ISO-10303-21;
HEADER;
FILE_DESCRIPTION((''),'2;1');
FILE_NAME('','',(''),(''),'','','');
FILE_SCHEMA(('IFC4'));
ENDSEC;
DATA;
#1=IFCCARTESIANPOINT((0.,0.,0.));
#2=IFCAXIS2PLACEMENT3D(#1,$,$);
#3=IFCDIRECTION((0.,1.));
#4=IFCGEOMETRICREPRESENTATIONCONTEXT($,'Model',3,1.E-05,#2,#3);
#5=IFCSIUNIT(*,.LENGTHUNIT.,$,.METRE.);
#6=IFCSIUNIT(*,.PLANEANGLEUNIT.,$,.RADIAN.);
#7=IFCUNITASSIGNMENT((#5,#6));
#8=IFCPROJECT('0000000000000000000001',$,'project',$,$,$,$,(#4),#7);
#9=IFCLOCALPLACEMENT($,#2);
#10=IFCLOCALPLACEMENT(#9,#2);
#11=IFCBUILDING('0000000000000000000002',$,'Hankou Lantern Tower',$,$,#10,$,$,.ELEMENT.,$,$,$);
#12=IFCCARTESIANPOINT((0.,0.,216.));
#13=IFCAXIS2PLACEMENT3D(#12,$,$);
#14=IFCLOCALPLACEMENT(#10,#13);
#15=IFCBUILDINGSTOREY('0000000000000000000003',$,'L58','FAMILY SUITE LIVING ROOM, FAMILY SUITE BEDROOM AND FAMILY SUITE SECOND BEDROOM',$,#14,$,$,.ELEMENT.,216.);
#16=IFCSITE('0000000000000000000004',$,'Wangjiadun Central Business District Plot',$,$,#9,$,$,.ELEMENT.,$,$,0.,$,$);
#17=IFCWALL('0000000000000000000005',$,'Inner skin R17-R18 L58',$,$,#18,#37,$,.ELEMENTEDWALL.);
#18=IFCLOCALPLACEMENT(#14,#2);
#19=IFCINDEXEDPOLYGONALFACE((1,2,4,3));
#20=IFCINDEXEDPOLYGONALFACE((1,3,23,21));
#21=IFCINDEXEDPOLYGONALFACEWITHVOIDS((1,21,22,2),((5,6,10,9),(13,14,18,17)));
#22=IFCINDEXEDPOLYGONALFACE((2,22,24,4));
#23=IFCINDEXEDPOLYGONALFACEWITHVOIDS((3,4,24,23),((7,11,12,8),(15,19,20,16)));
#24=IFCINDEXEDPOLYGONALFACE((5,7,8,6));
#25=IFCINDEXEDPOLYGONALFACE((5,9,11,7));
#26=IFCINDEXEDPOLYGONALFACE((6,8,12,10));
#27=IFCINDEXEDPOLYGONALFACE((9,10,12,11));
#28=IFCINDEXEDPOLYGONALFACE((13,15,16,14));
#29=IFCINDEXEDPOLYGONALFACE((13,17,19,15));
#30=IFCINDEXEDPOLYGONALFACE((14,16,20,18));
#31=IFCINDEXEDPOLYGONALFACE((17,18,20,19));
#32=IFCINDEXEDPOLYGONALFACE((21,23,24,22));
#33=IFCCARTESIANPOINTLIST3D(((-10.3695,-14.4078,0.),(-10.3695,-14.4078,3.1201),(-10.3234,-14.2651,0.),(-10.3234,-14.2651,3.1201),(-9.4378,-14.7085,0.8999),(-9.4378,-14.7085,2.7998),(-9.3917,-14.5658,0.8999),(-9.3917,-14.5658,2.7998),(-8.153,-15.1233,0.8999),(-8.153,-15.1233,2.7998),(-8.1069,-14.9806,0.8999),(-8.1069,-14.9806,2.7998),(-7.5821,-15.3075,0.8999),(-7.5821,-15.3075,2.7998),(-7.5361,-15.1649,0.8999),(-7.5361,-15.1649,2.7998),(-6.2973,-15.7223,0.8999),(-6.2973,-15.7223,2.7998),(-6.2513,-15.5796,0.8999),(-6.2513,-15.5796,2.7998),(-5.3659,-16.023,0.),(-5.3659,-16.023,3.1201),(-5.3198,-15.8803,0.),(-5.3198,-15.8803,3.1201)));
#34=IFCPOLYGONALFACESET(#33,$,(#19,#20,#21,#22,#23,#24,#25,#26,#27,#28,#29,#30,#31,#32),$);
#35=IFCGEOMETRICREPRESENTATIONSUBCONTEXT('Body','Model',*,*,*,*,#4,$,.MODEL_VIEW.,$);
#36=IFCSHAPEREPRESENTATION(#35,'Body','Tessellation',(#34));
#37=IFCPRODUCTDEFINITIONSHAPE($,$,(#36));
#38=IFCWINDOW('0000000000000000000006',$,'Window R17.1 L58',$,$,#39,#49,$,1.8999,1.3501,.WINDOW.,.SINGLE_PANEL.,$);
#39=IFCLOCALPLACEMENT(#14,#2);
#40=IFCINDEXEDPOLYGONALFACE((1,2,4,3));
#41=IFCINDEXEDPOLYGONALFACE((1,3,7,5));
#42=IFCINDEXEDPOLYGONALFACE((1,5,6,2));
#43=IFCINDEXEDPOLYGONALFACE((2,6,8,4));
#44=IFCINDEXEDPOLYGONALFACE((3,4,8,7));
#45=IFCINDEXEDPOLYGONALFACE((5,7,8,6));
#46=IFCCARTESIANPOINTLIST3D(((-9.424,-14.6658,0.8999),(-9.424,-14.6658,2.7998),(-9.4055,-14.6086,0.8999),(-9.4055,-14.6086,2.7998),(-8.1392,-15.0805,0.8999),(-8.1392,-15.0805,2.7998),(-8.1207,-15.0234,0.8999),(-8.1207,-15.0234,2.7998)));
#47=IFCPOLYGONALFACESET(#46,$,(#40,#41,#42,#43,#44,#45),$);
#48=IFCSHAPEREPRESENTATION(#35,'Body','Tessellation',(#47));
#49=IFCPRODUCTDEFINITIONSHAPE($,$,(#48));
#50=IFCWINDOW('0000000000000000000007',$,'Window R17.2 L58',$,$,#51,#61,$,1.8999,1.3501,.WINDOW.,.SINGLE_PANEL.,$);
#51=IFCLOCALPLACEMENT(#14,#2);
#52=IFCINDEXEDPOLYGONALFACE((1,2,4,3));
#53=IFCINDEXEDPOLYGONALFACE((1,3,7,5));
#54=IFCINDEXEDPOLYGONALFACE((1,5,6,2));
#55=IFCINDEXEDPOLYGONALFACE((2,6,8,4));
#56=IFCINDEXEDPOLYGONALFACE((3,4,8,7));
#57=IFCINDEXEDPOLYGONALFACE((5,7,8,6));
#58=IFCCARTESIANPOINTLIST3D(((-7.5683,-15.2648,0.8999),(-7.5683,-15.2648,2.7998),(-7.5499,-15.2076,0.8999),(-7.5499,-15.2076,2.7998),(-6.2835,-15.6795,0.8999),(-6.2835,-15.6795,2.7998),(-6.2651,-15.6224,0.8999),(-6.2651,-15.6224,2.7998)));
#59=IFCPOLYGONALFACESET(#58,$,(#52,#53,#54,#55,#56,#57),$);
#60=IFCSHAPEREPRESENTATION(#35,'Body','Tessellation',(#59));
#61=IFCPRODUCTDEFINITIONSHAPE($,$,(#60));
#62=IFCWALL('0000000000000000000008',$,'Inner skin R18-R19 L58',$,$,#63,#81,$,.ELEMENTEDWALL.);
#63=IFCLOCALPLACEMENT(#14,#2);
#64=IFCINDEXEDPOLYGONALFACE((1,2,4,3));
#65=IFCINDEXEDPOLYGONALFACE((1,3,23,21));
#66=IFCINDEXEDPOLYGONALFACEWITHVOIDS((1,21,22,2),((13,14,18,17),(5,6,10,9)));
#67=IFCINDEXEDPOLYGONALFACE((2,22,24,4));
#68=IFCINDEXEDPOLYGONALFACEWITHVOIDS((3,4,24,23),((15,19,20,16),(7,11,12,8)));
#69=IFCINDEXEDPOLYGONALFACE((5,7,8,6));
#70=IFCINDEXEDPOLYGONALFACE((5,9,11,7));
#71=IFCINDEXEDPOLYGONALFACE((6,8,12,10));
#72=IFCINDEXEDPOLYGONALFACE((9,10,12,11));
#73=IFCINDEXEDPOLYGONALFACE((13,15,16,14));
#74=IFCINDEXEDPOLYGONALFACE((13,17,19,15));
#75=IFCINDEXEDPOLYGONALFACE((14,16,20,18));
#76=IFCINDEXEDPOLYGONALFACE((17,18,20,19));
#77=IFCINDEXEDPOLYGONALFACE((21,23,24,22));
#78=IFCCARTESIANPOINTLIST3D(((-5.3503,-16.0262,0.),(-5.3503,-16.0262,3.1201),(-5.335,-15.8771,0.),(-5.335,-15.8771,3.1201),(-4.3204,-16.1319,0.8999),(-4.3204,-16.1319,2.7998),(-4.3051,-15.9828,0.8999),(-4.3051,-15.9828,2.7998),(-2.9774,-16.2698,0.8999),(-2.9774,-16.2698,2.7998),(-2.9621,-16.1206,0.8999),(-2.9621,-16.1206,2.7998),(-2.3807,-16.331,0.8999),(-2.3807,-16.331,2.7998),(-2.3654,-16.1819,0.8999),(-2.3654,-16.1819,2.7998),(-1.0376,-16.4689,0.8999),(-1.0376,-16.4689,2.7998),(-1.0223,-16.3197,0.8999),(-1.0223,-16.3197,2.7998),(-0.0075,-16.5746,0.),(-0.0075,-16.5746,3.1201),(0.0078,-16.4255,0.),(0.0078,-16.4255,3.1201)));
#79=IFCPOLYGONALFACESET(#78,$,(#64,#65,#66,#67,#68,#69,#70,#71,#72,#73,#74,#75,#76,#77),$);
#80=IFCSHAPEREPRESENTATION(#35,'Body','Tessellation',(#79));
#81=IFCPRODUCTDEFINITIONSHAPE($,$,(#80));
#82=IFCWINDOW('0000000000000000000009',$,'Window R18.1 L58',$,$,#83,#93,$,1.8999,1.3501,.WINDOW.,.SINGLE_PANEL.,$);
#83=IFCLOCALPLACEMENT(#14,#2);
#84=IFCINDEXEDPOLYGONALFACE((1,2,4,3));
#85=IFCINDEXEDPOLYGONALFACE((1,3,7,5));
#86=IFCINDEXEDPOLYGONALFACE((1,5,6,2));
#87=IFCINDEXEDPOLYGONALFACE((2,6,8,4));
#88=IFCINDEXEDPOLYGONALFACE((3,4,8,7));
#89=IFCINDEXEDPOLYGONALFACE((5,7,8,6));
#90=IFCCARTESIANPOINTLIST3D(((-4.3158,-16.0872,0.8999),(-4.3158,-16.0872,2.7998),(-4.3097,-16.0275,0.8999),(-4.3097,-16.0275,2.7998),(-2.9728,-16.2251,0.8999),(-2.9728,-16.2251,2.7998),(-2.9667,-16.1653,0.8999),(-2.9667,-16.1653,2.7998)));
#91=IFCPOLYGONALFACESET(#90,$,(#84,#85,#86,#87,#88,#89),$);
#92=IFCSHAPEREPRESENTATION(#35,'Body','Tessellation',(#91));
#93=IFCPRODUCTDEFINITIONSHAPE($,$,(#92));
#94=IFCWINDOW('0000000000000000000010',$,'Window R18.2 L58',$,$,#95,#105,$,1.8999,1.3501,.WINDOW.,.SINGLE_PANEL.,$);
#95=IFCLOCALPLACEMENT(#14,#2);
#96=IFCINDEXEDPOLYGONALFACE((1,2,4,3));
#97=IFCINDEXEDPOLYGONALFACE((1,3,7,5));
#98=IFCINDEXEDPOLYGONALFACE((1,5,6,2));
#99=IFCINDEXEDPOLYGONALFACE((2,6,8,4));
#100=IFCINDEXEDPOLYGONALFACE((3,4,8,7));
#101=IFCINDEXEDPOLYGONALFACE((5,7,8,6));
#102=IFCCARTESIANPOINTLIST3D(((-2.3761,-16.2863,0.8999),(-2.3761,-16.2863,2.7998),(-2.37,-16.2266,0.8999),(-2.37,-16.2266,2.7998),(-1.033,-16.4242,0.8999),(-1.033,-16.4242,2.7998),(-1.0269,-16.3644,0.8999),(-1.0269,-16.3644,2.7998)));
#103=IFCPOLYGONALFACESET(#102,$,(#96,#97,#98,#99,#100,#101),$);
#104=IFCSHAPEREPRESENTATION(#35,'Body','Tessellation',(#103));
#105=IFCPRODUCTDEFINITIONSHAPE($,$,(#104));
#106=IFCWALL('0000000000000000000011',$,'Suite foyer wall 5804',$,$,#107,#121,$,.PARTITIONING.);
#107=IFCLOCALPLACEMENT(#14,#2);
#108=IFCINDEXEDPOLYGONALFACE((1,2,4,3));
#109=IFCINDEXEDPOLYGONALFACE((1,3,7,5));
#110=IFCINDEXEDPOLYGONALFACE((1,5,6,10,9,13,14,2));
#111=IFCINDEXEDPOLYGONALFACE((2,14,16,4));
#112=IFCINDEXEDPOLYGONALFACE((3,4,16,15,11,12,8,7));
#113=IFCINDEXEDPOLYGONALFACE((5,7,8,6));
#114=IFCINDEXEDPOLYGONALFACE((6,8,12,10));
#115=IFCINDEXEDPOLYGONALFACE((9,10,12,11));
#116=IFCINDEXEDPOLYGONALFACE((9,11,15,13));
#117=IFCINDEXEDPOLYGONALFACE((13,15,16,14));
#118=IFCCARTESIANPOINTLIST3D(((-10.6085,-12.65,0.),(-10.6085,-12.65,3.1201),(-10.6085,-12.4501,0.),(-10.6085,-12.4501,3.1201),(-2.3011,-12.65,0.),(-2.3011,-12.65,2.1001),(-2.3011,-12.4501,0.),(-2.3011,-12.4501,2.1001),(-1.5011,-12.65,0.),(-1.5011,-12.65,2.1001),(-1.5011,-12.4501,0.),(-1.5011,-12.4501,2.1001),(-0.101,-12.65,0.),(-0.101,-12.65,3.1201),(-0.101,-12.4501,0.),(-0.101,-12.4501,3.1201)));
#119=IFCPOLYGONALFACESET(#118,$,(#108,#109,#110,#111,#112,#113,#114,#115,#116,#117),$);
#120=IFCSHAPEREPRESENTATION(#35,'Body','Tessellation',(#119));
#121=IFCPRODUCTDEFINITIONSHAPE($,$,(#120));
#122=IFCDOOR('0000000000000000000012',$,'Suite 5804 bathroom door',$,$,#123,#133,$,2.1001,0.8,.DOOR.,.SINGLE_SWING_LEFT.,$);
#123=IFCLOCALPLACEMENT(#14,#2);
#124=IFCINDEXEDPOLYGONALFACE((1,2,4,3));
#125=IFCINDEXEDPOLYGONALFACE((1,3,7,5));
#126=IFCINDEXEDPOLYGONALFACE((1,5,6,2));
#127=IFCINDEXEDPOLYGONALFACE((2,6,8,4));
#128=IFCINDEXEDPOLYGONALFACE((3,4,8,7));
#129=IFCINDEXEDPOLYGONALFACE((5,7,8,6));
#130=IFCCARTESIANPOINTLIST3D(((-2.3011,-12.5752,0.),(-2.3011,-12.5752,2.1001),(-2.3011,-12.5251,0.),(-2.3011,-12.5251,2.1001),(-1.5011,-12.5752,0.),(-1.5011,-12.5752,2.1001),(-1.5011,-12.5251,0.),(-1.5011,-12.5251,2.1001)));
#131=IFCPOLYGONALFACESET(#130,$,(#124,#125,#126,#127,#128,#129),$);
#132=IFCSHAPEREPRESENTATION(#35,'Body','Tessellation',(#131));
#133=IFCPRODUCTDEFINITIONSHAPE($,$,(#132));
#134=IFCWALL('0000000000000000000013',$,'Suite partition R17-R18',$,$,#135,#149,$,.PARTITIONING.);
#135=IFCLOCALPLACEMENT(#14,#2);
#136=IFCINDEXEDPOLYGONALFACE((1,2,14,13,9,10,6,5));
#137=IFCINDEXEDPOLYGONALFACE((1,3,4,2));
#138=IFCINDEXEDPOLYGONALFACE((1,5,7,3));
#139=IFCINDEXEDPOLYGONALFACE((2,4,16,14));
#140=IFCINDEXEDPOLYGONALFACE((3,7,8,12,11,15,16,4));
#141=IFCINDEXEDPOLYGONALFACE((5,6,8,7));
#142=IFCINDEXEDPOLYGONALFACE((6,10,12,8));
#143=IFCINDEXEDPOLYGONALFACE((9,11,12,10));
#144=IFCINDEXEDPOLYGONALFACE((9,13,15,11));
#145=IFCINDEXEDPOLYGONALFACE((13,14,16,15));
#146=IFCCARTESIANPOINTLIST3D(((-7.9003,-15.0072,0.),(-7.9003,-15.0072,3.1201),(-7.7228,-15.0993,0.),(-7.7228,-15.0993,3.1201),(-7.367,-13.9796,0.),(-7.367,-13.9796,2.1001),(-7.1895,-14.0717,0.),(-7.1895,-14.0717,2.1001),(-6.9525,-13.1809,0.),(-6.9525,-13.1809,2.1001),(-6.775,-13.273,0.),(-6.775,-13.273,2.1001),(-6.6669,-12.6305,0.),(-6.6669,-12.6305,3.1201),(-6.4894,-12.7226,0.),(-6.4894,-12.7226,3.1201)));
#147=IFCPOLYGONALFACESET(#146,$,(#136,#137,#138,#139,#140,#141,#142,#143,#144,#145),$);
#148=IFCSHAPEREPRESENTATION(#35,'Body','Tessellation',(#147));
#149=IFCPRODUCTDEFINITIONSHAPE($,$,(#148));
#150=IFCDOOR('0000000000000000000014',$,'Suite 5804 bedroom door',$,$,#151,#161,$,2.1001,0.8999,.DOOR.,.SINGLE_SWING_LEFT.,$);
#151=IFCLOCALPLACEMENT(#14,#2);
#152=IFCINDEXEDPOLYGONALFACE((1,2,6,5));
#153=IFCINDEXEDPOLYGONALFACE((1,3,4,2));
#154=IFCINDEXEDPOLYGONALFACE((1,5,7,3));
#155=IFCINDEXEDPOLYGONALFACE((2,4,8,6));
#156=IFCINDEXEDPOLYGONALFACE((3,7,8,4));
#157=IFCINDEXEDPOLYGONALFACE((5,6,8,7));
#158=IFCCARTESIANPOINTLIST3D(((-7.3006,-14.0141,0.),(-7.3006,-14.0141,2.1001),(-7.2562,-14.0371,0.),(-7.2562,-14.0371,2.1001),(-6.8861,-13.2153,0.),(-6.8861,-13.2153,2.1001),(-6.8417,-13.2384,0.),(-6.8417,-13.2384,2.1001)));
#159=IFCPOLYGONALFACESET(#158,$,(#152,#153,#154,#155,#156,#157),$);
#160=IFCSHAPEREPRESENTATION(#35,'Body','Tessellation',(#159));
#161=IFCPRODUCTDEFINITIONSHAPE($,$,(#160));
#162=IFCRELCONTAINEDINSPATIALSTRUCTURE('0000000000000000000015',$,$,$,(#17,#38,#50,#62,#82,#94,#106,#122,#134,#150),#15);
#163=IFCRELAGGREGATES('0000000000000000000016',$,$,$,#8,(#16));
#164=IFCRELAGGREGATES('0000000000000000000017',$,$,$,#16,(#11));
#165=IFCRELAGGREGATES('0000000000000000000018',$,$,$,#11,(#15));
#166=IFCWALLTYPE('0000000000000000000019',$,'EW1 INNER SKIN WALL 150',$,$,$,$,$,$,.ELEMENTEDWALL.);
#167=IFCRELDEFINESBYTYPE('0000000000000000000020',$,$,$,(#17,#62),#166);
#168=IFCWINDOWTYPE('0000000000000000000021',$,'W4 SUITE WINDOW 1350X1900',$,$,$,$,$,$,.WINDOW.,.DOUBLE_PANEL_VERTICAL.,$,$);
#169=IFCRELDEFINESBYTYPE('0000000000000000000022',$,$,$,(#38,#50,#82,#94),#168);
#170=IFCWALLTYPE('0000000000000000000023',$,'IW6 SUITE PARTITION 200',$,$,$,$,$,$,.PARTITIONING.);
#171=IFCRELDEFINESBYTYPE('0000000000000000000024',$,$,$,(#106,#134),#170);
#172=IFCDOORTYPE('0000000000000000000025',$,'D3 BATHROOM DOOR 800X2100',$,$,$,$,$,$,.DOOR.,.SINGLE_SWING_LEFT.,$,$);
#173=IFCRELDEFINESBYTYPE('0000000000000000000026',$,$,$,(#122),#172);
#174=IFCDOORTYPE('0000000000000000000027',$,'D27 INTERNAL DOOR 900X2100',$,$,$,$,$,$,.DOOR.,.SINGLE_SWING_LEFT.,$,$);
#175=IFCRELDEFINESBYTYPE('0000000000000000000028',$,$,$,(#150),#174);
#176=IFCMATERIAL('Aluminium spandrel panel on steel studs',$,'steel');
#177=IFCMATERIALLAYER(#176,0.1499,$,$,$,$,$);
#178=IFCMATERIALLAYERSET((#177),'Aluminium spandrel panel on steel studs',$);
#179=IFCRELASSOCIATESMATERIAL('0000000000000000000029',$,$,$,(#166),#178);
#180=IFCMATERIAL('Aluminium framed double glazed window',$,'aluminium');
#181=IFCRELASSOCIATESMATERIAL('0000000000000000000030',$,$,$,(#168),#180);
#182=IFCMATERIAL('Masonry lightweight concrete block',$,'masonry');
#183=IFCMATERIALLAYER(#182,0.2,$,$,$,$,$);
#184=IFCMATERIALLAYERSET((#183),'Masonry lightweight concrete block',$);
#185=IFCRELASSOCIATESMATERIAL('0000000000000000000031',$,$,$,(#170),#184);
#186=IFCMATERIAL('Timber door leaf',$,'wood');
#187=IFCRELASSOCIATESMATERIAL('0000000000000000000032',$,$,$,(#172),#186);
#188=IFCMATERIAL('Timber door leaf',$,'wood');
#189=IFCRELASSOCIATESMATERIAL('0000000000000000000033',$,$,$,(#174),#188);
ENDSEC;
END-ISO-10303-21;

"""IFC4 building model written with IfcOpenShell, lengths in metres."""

from ifc_helpers import new_model, si_unit, direction, frame, frame_2d, origin, place, context, subcontext, project, spatial, rectangle, extrude, material, layer, layer_set, type_object, element, fill, save


model = new_model("IFC4")

# Units and contexts
model_context = context("Model", 3, precision=1e-05, world=origin(), true_north=direction((0.0, 1.0)))
body_context = subcontext(model_context, "Body", "Model", "MODEL_VIEW")
ifc_project = project(units=[si_unit("LENGTHUNIT", "METRE"), si_unit("PLANEANGLEUNIT", "RADIAN")], contexts=[model_context])

# Site, building, storey
site_placement = place(None, origin())
site = spatial("IfcSite", under=ifc_project, at=site_placement, Name="Wangjiadun Central Business District Plot", CompositionType="ELEMENT", RefElevation=0.0)
building_placement = place(site_placement, origin())
building = spatial("IfcBuilding", under=site, at=building_placement, Name="Hankou Lantern Tower", CompositionType="ELEMENT")
storey_placement = place(building_placement, frame((0.0, 0.0, 216.0)))
storey = spatial("IfcBuildingStorey", under=building, at=storey_placement, Name="L58", Description="FAMILY SUITE LIVING ROOM, FAMILY SUITE BEDROOM AND FAMILY SUITE SECOND BEDROOM", CompositionType="ELEMENT", Elevation=216.0)

# Walls, openings, windows
ifc_material_1 = material(Name="Aluminium spandrel panel on steel studs", Category="steel")
ifc_layer_1 = layer(ifc_material_1, 0.1499)
ifc_layer_set_1 = layer_set([ifc_layer_1], Name="Aluminium spandrel panel on steel studs")
wall_type_1 = type_object("IfcWallType", Name="EW1 INNER SKIN WALL 150", PredefinedType="ELEMENTEDWALL", material=ifc_layer_set_1)
wall_1_placement = place(storey_placement, frame((-10.3464, -14.3364, 0.0), z_axis=(0.0, 0.0, 1.0), x_axis=(0.951645, -0.307201, 0.0)))
wall_1 = element("IfcWall", 1, at=wall_1_placement, inside=storey, type_object=wall_type_1, Name="Inner skin R17-R18 L58", PredefinedType="ELEMENTEDWALL", context=body_context, shape_type="SweptSolid", body=[
    extrude(rectangle(XDim=5.2578, YDim=0.1499, at=frame_2d((2.6289, 0.0))), origin(), (0.0, 0.0, 1.0), 3.1201),
])
opening_1_placement = place(wall_1_placement, frame((0.979, 0.0, 0.8999)))
opening_1 = element("IfcOpeningElement", 2, at=opening_1_placement, cuts=wall_1, PredefinedType="OPENING", context=body_context, shape_type="SweptSolid", body=[
    extrude(rectangle(XDim=1.3501, YDim=1.8999, at=frame_2d((0.675, 0.95))), frame((0.0, 0.085, 0.0), z_axis=(0.0, -1.0, 0.0), x_axis=(1.0, 0.0, 0.0)), (0.0, 0.0, 1.0), 0.1699),
])
opening_2_placement = place(wall_1_placement, frame((2.929, 0.0, 0.8999)))
opening_2 = element("IfcOpeningElement", 3, at=opening_2_placement, cuts=wall_1, PredefinedType="OPENING", context=body_context, shape_type="SweptSolid", body=[
    extrude(rectangle(XDim=1.3501, YDim=1.8999, at=frame_2d((0.675, 0.95))), frame((0.0, 0.085, 0.0), z_axis=(0.0, -1.0, 0.0), x_axis=(1.0, 0.0, 0.0)), (0.0, 0.0, 1.0), 0.1699),
])
ifc_material_2 = material(Name="Aluminium framed double glazed window", Category="aluminium")
window_type = type_object("IfcWindowType", Name="W4 SUITE WINDOW 1350X1900", PartitioningType="DOUBLE_PANEL_VERTICAL", PredefinedType="WINDOW", material=ifc_material_2)
window_1_placement = place(opening_1_placement, origin())
window_1 = element("IfcWindow", 4, at=window_1_placement, inside=storey, type_object=window_type, Name="Window R17.1 L58", OverallHeight=1.8999, OverallWidth=1.3501, PartitioningType="SINGLE_PANEL", PredefinedType="WINDOW", context=body_context, shape_type="SweptSolid", body=[
    extrude(rectangle(XDim=1.3501, YDim=1.8999, at=frame_2d((0.675, 0.95))), frame((0.0, 0.03, 0.0), z_axis=(0.0, -1.0, 0.0), x_axis=(1.0, 0.0, 0.0)), (0.0, 0.0, 1.0), 0.0601),
])
fill(opening_1, window_1)
window_2_placement = place(opening_2_placement, origin())
window_2 = element("IfcWindow", 5, at=window_2_placement, inside=storey, type_object=window_type, Name="Window R17.2 L58", OverallHeight=1.8999, OverallWidth=1.3501, PartitioningType="SINGLE_PANEL", PredefinedType="WINDOW", context=body_context, shape_type="SweptSolid", body=[
    extrude(rectangle(XDim=1.3501, YDim=1.8999, at=frame_2d((0.675, 0.95))), frame((0.0, 0.03, 0.0), z_axis=(0.0, -1.0, 0.0), x_axis=(1.0, 0.0, 0.0)), (0.0, 0.0, 1.0), 0.0601),
])
fill(opening_2, window_2)
wall_2_placement = place(storey_placement, frame((-5.3428, -15.9517, 0.0), z_axis=(0.0, 0.0, 1.0), x_axis=(0.994775, -0.102096, 0.0)))
wall_2 = element("IfcWall", 6, at=wall_2_placement, inside=storey, type_object=wall_type_1, Name="Inner skin R18-R19 L58", PredefinedType="ELEMENTEDWALL", context=body_context, shape_type="SweptSolid", body=[
    extrude(rectangle(XDim=5.3708, YDim=0.1499, at=frame_2d((2.6855, 0.0))), origin(), (0.0, 0.0, 1.0), 3.1201),
])
opening_3_placement = place(wall_2_placement, frame((1.0354, 0.0, 0.8999)))
opening_3 = element("IfcOpeningElement", 7, at=opening_3_placement, cuts=wall_2, PredefinedType="OPENING", context=body_context, shape_type="SweptSolid", body=[
    extrude(rectangle(XDim=1.3501, YDim=1.8999, at=frame_2d((0.675, 0.95))), frame((0.0, 0.085, 0.0), z_axis=(0.0, -1.0, 0.0), x_axis=(1.0, 0.0, 0.0)), (0.0, 0.0, 1.0), 0.1699),
])
opening_4_placement = place(wall_2_placement, frame((2.9854, 0.0, 0.8999)))
opening_4 = element("IfcOpeningElement", 8, at=opening_4_placement, cuts=wall_2, PredefinedType="OPENING", context=body_context, shape_type="SweptSolid", body=[
    extrude(rectangle(XDim=1.3501, YDim=1.8999, at=frame_2d((0.675, 0.95))), frame((0.0, 0.085, 0.0), z_axis=(0.0, -1.0, 0.0), x_axis=(1.0, 0.0, 0.0)), (0.0, 0.0, 1.0), 0.1699),
])
window_3_placement = place(opening_3_placement, origin())
window_3 = element("IfcWindow", 9, at=window_3_placement, inside=storey, type_object=window_type, Name="Window R18.1 L58", OverallHeight=1.8999, OverallWidth=1.3501, PartitioningType="SINGLE_PANEL", PredefinedType="WINDOW", context=body_context, shape_type="SweptSolid", body=[
    extrude(rectangle(XDim=1.3501, YDim=1.8999, at=frame_2d((0.675, 0.95))), frame((0.0, 0.03, 0.0), z_axis=(0.0, -1.0, 0.0), x_axis=(1.0, 0.0, 0.0)), (0.0, 0.0, 1.0), 0.0601),
])
fill(opening_3, window_3)
window_4_placement = place(opening_4_placement, origin())
window_4 = element("IfcWindow", 10, at=window_4_placement, inside=storey, type_object=window_type, Name="Window R18.2 L58", OverallHeight=1.8999, OverallWidth=1.3501, PartitioningType="SINGLE_PANEL", PredefinedType="WINDOW", context=body_context, shape_type="SweptSolid", body=[
    extrude(rectangle(XDim=1.3501, YDim=1.8999, at=frame_2d((0.675, 0.95))), frame((0.0, 0.03, 0.0), z_axis=(0.0, -1.0, 0.0), x_axis=(1.0, 0.0, 0.0)), (0.0, 0.0, 1.0), 0.0601),
])
fill(opening_4, window_4)

# Walls, openings, doors
ifc_material_3 = material(Name="Masonry lightweight concrete block", Category="masonry")
ifc_layer_2 = layer(ifc_material_3, 0.2)
ifc_layer_set_2 = layer_set([ifc_layer_2], Name="Masonry lightweight concrete block")
wall_type_2 = type_object("IfcWallType", Name="IW6 SUITE PARTITION 200", PredefinedType="PARTITIONING", material=ifc_layer_set_2)
wall_3_placement = place(storey_placement, frame((-10.6086, -12.55, 0.0), z_axis=(0.0, 0.0, 1.0), x_axis=(1.0, 0.0, 0.0)))
wall_3 = element("IfcWall", 11, at=wall_3_placement, inside=storey, type_object=wall_type_2, Name="Suite foyer wall 5804", PredefinedType="PARTITIONING", context=body_context, shape_type="SweptSolid", body=[
    extrude(rectangle(XDim=10.5076, YDim=0.2, at=frame_2d((5.2539, 0.0))), origin(), (0.0, 0.0, 1.0), 3.1201),
])
opening_5_placement = place(wall_3_placement, frame((8.3076, 0.0, 0.0)))
opening_5 = element("IfcOpeningElement", 12, at=opening_5_placement, cuts=wall_3, PredefinedType="OPENING", context=body_context, shape_type="SweptSolid", body=[
    extrude(rectangle(XDim=0.8, YDim=2.1001, at=frame_2d((0.3999, 1.05))), frame((0.0, 0.1099, 0.0), z_axis=(0.0, -1.0, 0.0), x_axis=(1.0, 0.0, 0.0)), (0.0, 0.0, 1.0), 0.22),
])
ifc_material_4 = material(Name="Timber door leaf", Category="wood")
door_type_1 = type_object("IfcDoorType", Name="D3 BATHROOM DOOR 800X2100", OperationType="SINGLE_SWING_LEFT", PredefinedType="DOOR", material=ifc_material_4)
door_1_placement = place(opening_5_placement, origin())
door_1 = element("IfcDoor", 13, at=door_1_placement, inside=storey, type_object=door_type_1, Name="Suite 5804 bathroom door", OperationType="SINGLE_SWING_LEFT", OverallHeight=2.1001, OverallWidth=0.8, PredefinedType="DOOR", context=body_context, shape_type="SweptSolid", body=[
    extrude(rectangle(XDim=0.8, YDim=2.1001, at=frame_2d((0.3999, 1.05))), frame((0.0, 0.0249, 0.0), z_axis=(0.0, -1.0, 0.0), x_axis=(1.0, 0.0, 0.0)), (0.0, 0.0, 1.0), 0.05),
])
fill(opening_5, door_1)
wall_4_placement = place(storey_placement, frame((-6.5781, -12.6765, 0.0), z_axis=(0.0, 0.0, 1.0), x_axis=(-0.460621, -0.887597, 0.0)))
wall_4 = element("IfcWall", 14, at=wall_4_placement, inside=storey, type_object=wall_type_2, Name="Suite partition R17-R18", PredefinedType="PARTITIONING", context=body_context, shape_type="SweptSolid", body=[
    extrude(rectangle(XDim=2.6777, YDim=0.2, at=frame_2d((1.3389, 0.0))), origin(), (0.0, 0.0, 1.0), 3.1201),
])
opening_6_placement = place(wall_4_placement, frame((0.6201, 0.0, 0.0)))
opening_6 = element("IfcOpeningElement", 15, at=opening_6_placement, cuts=wall_4, PredefinedType="OPENING", context=body_context, shape_type="SweptSolid", body=[
    extrude(rectangle(XDim=0.8999, YDim=2.1001, at=frame_2d((0.45, 1.05))), frame((0.0, 0.1099, 0.0), z_axis=(0.0, -1.0, 0.0), x_axis=(1.0, 0.0, 0.0)), (0.0, 0.0, 1.0), 0.22),
])
ifc_material_5 = material(Name="Timber door leaf", Category="wood")
door_type_2 = type_object("IfcDoorType", Name="D27 INTERNAL DOOR 900X2100", OperationType="SINGLE_SWING_LEFT", PredefinedType="DOOR", material=ifc_material_5)
door_2_placement = place(opening_6_placement, origin())
door_2 = element("IfcDoor", 16, at=door_2_placement, inside=storey, type_object=door_type_2, Name="Suite 5804 bedroom door", OperationType="SINGLE_SWING_LEFT", OverallHeight=2.1001, OverallWidth=0.8999, PredefinedType="DOOR", context=body_context, shape_type="SweptSolid", body=[
    extrude(rectangle(XDim=0.8999, YDim=2.1001, at=frame_2d((0.45, 1.05))), frame((0.0, 0.0249, 0.0), z_axis=(0.0, -1.0, 0.0), x_axis=(1.0, 0.0, 0.0)), (0.0, 0.0, 1.0), 0.05),
])
fill(opening_6, door_2)

save(model, "model.ifc")
